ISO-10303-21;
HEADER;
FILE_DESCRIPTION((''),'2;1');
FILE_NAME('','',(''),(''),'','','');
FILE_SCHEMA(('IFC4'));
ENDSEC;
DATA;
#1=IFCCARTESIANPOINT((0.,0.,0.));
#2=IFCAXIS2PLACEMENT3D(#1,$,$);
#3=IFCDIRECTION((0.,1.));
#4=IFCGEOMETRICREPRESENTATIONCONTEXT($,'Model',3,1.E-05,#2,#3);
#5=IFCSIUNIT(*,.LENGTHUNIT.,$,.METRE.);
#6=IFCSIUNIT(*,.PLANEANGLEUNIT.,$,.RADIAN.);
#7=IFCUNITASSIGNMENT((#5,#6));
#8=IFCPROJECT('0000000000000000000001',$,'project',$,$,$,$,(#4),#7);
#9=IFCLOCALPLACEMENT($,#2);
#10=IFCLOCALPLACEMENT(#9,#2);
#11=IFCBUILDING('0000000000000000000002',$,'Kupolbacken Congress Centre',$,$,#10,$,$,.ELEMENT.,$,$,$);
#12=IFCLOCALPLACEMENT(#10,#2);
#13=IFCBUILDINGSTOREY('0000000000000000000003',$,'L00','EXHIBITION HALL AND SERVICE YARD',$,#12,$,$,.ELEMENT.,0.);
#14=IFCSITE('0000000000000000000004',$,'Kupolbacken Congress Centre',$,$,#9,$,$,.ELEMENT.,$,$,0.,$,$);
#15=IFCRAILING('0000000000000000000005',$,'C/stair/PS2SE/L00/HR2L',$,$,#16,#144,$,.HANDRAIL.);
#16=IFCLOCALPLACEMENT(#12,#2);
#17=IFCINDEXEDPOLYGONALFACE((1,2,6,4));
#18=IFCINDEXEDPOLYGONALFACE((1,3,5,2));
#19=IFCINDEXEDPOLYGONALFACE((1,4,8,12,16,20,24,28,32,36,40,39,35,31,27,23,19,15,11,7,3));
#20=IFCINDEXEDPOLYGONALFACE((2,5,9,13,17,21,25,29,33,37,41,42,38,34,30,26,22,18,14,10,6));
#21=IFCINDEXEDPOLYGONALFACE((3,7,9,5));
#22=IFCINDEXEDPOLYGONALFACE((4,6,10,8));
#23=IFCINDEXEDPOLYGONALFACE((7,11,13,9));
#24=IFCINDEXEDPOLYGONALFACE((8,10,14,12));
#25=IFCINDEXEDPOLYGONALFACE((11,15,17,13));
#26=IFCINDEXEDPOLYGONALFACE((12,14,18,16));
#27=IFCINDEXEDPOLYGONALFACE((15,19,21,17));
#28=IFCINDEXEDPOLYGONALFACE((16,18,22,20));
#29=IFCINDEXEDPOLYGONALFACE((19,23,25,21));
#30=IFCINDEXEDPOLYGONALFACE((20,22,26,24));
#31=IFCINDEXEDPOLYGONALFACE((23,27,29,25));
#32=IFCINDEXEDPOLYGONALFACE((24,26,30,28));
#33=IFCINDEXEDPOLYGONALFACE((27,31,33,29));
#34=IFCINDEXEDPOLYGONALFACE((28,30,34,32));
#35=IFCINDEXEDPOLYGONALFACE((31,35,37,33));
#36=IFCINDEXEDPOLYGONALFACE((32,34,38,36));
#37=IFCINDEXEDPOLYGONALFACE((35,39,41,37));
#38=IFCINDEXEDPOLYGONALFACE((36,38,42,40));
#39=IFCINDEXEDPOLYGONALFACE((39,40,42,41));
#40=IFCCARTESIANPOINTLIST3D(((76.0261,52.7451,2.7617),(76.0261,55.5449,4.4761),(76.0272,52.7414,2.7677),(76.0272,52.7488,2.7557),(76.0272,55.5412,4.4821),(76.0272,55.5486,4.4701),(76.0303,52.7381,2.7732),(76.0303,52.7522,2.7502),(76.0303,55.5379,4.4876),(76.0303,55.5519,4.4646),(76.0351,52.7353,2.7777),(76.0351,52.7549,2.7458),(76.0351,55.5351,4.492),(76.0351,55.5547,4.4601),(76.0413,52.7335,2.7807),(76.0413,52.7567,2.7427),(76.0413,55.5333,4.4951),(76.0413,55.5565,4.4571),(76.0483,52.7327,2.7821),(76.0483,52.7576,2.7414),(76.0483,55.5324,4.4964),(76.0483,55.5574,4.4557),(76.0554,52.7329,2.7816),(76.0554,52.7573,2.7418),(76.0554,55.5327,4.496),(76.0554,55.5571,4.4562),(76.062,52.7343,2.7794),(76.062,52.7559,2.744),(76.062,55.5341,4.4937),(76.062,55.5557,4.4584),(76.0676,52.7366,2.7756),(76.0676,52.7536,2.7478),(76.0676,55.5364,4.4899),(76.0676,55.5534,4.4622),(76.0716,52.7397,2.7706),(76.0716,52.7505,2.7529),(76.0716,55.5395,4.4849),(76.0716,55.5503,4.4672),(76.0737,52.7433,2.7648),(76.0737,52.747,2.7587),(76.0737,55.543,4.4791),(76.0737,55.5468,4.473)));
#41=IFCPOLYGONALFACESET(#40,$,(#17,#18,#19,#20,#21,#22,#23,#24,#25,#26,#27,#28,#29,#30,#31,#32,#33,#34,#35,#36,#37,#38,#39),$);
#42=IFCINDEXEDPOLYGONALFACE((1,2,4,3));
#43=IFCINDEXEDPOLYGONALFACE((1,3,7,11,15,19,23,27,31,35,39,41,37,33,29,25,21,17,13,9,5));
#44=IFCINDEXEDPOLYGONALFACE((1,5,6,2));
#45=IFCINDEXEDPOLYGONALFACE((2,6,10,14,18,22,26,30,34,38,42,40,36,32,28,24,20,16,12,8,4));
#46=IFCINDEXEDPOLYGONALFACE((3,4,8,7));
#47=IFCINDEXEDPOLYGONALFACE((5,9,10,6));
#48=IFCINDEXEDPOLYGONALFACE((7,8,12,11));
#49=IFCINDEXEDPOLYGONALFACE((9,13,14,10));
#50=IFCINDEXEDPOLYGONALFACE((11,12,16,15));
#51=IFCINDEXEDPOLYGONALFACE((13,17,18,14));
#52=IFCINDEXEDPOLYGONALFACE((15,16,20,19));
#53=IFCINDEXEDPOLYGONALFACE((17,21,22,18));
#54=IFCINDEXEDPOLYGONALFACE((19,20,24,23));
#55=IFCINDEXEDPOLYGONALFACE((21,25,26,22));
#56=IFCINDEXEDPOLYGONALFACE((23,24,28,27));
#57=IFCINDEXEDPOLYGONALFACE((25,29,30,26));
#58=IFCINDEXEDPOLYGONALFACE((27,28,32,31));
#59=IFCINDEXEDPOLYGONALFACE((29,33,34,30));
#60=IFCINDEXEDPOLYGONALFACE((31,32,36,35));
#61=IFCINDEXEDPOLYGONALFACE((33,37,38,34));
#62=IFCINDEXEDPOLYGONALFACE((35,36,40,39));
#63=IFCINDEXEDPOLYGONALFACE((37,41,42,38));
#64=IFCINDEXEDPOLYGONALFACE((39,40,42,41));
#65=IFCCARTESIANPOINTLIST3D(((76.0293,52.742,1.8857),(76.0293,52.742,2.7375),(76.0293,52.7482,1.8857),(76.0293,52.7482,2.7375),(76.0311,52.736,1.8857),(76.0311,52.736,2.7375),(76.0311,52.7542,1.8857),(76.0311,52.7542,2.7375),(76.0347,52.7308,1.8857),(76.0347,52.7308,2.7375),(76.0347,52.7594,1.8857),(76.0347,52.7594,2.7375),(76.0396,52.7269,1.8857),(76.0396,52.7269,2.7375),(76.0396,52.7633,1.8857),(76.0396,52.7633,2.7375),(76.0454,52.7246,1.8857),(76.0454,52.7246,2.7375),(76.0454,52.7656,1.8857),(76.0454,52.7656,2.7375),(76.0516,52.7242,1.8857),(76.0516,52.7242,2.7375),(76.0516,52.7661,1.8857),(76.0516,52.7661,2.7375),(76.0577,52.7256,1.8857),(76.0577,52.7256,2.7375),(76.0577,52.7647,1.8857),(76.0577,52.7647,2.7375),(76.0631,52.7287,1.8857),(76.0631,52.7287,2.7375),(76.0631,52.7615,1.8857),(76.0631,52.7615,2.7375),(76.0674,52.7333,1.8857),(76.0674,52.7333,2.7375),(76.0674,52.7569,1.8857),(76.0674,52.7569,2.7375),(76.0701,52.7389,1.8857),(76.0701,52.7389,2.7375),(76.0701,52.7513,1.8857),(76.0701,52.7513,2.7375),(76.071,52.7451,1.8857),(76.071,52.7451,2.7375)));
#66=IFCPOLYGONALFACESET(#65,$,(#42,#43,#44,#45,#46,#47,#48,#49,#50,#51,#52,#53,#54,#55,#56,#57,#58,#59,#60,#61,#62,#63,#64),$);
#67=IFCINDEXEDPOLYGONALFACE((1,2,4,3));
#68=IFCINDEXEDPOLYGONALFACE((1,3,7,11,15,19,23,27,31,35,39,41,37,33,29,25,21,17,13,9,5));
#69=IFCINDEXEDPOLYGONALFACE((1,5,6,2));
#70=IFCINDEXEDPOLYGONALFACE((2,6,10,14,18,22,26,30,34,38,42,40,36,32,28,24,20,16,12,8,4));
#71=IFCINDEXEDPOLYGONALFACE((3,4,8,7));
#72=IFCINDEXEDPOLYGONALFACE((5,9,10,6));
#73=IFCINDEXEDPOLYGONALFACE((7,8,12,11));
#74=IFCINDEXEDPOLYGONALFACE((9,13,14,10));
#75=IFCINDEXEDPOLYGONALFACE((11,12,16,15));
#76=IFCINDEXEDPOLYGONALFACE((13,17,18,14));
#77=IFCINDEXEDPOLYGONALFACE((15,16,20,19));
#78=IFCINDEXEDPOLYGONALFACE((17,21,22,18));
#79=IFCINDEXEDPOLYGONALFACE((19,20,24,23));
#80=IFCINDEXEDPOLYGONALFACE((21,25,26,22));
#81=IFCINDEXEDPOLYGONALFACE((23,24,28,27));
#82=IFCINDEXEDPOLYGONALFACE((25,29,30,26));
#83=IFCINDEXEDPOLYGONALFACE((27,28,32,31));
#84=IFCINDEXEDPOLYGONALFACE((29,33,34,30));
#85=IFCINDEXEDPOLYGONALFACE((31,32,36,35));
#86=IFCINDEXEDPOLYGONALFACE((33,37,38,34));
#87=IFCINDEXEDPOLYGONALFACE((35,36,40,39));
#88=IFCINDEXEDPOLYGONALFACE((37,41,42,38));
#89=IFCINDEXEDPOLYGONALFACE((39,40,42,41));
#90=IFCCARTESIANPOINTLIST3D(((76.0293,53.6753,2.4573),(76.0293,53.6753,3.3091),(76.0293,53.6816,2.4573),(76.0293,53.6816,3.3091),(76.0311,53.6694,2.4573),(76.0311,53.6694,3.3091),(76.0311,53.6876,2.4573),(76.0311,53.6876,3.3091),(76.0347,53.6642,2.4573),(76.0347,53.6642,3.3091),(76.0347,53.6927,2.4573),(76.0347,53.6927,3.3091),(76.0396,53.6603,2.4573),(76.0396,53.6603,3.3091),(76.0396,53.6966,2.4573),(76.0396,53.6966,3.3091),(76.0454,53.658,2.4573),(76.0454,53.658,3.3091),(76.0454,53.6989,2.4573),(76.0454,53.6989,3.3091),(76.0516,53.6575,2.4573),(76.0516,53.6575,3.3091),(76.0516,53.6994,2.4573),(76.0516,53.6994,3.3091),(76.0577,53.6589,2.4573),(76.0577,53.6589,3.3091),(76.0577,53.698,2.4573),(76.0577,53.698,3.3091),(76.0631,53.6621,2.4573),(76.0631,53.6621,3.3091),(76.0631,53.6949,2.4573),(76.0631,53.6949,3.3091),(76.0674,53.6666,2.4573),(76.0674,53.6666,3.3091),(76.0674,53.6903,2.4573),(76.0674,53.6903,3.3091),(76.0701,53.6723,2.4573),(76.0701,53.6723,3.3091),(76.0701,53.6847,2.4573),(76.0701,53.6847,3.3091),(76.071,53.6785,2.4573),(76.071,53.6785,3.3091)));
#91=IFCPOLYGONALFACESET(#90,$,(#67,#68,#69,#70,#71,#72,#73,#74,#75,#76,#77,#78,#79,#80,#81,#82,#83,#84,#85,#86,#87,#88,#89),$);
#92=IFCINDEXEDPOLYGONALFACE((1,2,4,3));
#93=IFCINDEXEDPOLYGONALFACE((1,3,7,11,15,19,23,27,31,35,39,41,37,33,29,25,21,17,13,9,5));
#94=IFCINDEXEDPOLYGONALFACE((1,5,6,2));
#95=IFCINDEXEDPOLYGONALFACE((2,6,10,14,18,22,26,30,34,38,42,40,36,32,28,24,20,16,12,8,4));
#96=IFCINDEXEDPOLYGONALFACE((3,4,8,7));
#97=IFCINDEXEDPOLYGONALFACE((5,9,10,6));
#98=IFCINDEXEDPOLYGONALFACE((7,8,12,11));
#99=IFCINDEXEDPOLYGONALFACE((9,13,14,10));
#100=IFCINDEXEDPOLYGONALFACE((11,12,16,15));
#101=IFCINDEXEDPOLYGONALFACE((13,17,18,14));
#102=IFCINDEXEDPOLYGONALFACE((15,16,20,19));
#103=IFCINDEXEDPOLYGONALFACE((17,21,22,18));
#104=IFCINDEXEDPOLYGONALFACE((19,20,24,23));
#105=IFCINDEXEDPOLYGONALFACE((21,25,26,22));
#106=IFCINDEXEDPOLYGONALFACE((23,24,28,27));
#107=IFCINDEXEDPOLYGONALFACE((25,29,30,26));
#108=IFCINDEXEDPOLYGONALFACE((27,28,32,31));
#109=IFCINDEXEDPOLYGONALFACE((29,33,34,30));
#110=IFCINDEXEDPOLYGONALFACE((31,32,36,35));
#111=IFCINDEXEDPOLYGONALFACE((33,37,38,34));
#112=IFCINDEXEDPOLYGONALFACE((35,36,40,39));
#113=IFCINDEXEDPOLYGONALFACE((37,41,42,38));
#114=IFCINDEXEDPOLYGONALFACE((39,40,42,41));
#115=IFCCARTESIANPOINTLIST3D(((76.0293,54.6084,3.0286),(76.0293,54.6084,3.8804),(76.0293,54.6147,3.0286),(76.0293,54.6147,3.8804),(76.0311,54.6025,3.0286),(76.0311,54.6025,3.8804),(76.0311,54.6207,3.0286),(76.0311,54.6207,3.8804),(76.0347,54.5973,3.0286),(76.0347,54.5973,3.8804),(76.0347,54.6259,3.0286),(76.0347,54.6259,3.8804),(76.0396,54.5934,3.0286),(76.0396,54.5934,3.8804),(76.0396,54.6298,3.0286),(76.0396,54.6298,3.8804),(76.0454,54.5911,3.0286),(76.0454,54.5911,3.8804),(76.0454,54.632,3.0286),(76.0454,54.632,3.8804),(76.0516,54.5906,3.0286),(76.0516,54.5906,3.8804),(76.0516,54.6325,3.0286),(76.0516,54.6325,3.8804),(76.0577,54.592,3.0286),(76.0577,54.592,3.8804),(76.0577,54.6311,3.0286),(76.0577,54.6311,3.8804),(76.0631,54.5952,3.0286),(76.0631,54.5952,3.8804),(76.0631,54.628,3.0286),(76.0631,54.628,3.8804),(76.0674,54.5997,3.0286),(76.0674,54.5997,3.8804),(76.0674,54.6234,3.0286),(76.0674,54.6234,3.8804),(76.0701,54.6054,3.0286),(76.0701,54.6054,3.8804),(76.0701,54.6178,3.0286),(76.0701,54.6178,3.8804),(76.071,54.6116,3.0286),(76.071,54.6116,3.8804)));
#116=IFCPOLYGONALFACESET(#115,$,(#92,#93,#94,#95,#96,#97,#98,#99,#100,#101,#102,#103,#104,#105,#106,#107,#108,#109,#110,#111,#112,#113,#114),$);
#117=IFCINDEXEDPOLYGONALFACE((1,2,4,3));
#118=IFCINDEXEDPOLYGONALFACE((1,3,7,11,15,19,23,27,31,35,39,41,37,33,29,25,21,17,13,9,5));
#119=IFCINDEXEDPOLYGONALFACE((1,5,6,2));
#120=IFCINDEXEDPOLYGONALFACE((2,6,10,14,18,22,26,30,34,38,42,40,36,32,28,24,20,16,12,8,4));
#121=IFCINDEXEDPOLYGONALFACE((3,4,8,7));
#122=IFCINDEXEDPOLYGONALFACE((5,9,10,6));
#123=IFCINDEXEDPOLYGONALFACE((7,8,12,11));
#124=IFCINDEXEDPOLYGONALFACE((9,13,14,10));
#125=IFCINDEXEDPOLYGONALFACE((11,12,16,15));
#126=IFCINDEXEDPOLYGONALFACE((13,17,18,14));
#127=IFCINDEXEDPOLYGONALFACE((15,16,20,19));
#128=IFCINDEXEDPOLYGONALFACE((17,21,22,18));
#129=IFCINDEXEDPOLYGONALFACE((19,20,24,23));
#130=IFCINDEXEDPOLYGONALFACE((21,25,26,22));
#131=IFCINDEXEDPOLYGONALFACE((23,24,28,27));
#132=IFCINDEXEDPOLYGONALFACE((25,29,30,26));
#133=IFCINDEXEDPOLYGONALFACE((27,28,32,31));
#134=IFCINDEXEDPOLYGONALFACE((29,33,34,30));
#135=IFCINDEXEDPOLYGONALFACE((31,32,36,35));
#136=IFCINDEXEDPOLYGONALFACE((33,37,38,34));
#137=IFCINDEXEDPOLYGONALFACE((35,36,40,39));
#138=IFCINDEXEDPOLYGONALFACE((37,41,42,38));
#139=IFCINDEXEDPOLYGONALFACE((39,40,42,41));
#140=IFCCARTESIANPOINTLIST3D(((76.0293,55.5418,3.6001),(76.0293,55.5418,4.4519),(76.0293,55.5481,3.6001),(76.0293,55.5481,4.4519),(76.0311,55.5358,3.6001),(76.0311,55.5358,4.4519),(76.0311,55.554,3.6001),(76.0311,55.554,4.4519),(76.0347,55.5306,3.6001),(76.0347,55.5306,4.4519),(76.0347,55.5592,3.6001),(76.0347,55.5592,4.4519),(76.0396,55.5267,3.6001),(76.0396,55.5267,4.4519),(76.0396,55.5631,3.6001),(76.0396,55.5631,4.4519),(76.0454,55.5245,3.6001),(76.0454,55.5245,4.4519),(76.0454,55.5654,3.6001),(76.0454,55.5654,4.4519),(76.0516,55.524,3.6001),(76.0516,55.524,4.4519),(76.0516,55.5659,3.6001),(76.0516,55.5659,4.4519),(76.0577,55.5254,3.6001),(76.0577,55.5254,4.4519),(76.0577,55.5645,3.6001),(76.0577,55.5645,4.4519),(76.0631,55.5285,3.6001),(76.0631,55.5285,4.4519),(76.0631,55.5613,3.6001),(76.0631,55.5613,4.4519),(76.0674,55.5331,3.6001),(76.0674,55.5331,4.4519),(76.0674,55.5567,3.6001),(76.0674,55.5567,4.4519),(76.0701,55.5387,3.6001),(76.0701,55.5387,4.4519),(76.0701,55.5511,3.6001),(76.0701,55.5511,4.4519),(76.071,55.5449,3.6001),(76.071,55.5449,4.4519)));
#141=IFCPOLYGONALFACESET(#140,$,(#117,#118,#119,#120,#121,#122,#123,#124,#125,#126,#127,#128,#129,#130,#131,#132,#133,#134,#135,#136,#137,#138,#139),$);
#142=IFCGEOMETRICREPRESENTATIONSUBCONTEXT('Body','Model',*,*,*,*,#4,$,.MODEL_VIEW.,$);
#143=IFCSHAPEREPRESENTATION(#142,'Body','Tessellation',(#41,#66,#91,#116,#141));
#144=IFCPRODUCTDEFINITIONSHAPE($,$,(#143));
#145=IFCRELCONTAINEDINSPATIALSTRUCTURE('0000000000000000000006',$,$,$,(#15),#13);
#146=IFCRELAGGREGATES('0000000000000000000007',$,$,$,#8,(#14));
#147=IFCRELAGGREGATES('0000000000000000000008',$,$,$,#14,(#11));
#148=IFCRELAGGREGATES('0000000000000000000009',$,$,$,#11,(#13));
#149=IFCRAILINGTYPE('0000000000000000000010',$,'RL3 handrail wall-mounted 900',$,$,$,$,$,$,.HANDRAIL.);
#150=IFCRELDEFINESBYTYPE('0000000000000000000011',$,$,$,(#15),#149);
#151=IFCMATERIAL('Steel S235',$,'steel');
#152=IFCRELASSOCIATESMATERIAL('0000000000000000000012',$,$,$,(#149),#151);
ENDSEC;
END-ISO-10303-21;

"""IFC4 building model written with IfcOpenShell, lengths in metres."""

from ifc_helpers import new_model, si_unit, direction, frame, origin, origin_2d, place, context, subcontext, project, spatial, circle, extrude, material, type_object, element, save


model = new_model("IFC4")

# Units and contexts
model_context = context("Model", 3, precision=1e-05, world=origin(), true_north=direction((0.0, 1.0)))
body_context = subcontext(model_context, "Body", "Model", "MODEL_VIEW")
ifc_project = project(units=[si_unit("LENGTHUNIT", "METRE"), si_unit("PLANEANGLEUNIT", "RADIAN")], contexts=[model_context])

# Site, building, storey
site_placement = place(None, origin())
site = spatial("IfcSite", under=ifc_project, at=site_placement, Name="Kupolbacken Congress Centre", CompositionType="ELEMENT", RefElevation=0.0)
building_placement = place(site_placement, origin())
building = spatial("IfcBuilding", under=site, at=building_placement, Name="Kupolbacken Congress Centre", CompositionType="ELEMENT")
storey_placement = place(building_placement, origin())
storey = spatial("IfcBuildingStorey", under=building, at=storey_placement, Name="L00", Description="EXHIBITION HALL AND SERVICE YARD", CompositionType="ELEMENT", Elevation=0.0)

# Railing
ifc_material_1 = material(Name="Steel S235", Category="steel")
railing_type = type_object("IfcRailingType", Name="RL3 handrail wall-mounted 900", PredefinedType="HANDRAIL", material=ifc_material_1)
for number, where, name in (
    (1, (76.05, 52.7451, 1.8857), "C/stair/PS2SE/L00/HR2L"),
):
    element("IfcRailing", number, at=place(storey_placement, frame(where)), inside=storey, type_object=railing_type, Name=name, PredefinedType="HANDRAIL", context=body_context, shape_type="SweptSolid", body=[
        extrude(circle(Radius=0.0239, at=origin_2d()), frame((0.0, 0.0, 0.876), z_axis=(0.0, 0.852826, 0.522196), x_axis=(-1.0, 0.0, 0.0)), (0.0, 0.0, 1.0), 3.283),
        extrude(circle(Radius=0.021, at=origin_2d()), origin(), (0.0, 0.0, 1.0), 0.8518),
        extrude(circle(Radius=0.021, at=origin_2d()), frame((0.0, 0.9333, 0.5715)), (0.0, 0.0, 1.0), 0.8518),
        extrude(circle(Radius=0.021, at=origin_2d()), frame((0.0, 1.8665, 1.1428)), (0.0, 0.0, 1.0), 0.8518),
        extrude(circle(Radius=0.021, at=origin_2d()), frame((0.0, 2.7998, 1.7144)), (0.0, 0.0, 1.0), 0.8518),
    ])

save(model, "model.ifc")
